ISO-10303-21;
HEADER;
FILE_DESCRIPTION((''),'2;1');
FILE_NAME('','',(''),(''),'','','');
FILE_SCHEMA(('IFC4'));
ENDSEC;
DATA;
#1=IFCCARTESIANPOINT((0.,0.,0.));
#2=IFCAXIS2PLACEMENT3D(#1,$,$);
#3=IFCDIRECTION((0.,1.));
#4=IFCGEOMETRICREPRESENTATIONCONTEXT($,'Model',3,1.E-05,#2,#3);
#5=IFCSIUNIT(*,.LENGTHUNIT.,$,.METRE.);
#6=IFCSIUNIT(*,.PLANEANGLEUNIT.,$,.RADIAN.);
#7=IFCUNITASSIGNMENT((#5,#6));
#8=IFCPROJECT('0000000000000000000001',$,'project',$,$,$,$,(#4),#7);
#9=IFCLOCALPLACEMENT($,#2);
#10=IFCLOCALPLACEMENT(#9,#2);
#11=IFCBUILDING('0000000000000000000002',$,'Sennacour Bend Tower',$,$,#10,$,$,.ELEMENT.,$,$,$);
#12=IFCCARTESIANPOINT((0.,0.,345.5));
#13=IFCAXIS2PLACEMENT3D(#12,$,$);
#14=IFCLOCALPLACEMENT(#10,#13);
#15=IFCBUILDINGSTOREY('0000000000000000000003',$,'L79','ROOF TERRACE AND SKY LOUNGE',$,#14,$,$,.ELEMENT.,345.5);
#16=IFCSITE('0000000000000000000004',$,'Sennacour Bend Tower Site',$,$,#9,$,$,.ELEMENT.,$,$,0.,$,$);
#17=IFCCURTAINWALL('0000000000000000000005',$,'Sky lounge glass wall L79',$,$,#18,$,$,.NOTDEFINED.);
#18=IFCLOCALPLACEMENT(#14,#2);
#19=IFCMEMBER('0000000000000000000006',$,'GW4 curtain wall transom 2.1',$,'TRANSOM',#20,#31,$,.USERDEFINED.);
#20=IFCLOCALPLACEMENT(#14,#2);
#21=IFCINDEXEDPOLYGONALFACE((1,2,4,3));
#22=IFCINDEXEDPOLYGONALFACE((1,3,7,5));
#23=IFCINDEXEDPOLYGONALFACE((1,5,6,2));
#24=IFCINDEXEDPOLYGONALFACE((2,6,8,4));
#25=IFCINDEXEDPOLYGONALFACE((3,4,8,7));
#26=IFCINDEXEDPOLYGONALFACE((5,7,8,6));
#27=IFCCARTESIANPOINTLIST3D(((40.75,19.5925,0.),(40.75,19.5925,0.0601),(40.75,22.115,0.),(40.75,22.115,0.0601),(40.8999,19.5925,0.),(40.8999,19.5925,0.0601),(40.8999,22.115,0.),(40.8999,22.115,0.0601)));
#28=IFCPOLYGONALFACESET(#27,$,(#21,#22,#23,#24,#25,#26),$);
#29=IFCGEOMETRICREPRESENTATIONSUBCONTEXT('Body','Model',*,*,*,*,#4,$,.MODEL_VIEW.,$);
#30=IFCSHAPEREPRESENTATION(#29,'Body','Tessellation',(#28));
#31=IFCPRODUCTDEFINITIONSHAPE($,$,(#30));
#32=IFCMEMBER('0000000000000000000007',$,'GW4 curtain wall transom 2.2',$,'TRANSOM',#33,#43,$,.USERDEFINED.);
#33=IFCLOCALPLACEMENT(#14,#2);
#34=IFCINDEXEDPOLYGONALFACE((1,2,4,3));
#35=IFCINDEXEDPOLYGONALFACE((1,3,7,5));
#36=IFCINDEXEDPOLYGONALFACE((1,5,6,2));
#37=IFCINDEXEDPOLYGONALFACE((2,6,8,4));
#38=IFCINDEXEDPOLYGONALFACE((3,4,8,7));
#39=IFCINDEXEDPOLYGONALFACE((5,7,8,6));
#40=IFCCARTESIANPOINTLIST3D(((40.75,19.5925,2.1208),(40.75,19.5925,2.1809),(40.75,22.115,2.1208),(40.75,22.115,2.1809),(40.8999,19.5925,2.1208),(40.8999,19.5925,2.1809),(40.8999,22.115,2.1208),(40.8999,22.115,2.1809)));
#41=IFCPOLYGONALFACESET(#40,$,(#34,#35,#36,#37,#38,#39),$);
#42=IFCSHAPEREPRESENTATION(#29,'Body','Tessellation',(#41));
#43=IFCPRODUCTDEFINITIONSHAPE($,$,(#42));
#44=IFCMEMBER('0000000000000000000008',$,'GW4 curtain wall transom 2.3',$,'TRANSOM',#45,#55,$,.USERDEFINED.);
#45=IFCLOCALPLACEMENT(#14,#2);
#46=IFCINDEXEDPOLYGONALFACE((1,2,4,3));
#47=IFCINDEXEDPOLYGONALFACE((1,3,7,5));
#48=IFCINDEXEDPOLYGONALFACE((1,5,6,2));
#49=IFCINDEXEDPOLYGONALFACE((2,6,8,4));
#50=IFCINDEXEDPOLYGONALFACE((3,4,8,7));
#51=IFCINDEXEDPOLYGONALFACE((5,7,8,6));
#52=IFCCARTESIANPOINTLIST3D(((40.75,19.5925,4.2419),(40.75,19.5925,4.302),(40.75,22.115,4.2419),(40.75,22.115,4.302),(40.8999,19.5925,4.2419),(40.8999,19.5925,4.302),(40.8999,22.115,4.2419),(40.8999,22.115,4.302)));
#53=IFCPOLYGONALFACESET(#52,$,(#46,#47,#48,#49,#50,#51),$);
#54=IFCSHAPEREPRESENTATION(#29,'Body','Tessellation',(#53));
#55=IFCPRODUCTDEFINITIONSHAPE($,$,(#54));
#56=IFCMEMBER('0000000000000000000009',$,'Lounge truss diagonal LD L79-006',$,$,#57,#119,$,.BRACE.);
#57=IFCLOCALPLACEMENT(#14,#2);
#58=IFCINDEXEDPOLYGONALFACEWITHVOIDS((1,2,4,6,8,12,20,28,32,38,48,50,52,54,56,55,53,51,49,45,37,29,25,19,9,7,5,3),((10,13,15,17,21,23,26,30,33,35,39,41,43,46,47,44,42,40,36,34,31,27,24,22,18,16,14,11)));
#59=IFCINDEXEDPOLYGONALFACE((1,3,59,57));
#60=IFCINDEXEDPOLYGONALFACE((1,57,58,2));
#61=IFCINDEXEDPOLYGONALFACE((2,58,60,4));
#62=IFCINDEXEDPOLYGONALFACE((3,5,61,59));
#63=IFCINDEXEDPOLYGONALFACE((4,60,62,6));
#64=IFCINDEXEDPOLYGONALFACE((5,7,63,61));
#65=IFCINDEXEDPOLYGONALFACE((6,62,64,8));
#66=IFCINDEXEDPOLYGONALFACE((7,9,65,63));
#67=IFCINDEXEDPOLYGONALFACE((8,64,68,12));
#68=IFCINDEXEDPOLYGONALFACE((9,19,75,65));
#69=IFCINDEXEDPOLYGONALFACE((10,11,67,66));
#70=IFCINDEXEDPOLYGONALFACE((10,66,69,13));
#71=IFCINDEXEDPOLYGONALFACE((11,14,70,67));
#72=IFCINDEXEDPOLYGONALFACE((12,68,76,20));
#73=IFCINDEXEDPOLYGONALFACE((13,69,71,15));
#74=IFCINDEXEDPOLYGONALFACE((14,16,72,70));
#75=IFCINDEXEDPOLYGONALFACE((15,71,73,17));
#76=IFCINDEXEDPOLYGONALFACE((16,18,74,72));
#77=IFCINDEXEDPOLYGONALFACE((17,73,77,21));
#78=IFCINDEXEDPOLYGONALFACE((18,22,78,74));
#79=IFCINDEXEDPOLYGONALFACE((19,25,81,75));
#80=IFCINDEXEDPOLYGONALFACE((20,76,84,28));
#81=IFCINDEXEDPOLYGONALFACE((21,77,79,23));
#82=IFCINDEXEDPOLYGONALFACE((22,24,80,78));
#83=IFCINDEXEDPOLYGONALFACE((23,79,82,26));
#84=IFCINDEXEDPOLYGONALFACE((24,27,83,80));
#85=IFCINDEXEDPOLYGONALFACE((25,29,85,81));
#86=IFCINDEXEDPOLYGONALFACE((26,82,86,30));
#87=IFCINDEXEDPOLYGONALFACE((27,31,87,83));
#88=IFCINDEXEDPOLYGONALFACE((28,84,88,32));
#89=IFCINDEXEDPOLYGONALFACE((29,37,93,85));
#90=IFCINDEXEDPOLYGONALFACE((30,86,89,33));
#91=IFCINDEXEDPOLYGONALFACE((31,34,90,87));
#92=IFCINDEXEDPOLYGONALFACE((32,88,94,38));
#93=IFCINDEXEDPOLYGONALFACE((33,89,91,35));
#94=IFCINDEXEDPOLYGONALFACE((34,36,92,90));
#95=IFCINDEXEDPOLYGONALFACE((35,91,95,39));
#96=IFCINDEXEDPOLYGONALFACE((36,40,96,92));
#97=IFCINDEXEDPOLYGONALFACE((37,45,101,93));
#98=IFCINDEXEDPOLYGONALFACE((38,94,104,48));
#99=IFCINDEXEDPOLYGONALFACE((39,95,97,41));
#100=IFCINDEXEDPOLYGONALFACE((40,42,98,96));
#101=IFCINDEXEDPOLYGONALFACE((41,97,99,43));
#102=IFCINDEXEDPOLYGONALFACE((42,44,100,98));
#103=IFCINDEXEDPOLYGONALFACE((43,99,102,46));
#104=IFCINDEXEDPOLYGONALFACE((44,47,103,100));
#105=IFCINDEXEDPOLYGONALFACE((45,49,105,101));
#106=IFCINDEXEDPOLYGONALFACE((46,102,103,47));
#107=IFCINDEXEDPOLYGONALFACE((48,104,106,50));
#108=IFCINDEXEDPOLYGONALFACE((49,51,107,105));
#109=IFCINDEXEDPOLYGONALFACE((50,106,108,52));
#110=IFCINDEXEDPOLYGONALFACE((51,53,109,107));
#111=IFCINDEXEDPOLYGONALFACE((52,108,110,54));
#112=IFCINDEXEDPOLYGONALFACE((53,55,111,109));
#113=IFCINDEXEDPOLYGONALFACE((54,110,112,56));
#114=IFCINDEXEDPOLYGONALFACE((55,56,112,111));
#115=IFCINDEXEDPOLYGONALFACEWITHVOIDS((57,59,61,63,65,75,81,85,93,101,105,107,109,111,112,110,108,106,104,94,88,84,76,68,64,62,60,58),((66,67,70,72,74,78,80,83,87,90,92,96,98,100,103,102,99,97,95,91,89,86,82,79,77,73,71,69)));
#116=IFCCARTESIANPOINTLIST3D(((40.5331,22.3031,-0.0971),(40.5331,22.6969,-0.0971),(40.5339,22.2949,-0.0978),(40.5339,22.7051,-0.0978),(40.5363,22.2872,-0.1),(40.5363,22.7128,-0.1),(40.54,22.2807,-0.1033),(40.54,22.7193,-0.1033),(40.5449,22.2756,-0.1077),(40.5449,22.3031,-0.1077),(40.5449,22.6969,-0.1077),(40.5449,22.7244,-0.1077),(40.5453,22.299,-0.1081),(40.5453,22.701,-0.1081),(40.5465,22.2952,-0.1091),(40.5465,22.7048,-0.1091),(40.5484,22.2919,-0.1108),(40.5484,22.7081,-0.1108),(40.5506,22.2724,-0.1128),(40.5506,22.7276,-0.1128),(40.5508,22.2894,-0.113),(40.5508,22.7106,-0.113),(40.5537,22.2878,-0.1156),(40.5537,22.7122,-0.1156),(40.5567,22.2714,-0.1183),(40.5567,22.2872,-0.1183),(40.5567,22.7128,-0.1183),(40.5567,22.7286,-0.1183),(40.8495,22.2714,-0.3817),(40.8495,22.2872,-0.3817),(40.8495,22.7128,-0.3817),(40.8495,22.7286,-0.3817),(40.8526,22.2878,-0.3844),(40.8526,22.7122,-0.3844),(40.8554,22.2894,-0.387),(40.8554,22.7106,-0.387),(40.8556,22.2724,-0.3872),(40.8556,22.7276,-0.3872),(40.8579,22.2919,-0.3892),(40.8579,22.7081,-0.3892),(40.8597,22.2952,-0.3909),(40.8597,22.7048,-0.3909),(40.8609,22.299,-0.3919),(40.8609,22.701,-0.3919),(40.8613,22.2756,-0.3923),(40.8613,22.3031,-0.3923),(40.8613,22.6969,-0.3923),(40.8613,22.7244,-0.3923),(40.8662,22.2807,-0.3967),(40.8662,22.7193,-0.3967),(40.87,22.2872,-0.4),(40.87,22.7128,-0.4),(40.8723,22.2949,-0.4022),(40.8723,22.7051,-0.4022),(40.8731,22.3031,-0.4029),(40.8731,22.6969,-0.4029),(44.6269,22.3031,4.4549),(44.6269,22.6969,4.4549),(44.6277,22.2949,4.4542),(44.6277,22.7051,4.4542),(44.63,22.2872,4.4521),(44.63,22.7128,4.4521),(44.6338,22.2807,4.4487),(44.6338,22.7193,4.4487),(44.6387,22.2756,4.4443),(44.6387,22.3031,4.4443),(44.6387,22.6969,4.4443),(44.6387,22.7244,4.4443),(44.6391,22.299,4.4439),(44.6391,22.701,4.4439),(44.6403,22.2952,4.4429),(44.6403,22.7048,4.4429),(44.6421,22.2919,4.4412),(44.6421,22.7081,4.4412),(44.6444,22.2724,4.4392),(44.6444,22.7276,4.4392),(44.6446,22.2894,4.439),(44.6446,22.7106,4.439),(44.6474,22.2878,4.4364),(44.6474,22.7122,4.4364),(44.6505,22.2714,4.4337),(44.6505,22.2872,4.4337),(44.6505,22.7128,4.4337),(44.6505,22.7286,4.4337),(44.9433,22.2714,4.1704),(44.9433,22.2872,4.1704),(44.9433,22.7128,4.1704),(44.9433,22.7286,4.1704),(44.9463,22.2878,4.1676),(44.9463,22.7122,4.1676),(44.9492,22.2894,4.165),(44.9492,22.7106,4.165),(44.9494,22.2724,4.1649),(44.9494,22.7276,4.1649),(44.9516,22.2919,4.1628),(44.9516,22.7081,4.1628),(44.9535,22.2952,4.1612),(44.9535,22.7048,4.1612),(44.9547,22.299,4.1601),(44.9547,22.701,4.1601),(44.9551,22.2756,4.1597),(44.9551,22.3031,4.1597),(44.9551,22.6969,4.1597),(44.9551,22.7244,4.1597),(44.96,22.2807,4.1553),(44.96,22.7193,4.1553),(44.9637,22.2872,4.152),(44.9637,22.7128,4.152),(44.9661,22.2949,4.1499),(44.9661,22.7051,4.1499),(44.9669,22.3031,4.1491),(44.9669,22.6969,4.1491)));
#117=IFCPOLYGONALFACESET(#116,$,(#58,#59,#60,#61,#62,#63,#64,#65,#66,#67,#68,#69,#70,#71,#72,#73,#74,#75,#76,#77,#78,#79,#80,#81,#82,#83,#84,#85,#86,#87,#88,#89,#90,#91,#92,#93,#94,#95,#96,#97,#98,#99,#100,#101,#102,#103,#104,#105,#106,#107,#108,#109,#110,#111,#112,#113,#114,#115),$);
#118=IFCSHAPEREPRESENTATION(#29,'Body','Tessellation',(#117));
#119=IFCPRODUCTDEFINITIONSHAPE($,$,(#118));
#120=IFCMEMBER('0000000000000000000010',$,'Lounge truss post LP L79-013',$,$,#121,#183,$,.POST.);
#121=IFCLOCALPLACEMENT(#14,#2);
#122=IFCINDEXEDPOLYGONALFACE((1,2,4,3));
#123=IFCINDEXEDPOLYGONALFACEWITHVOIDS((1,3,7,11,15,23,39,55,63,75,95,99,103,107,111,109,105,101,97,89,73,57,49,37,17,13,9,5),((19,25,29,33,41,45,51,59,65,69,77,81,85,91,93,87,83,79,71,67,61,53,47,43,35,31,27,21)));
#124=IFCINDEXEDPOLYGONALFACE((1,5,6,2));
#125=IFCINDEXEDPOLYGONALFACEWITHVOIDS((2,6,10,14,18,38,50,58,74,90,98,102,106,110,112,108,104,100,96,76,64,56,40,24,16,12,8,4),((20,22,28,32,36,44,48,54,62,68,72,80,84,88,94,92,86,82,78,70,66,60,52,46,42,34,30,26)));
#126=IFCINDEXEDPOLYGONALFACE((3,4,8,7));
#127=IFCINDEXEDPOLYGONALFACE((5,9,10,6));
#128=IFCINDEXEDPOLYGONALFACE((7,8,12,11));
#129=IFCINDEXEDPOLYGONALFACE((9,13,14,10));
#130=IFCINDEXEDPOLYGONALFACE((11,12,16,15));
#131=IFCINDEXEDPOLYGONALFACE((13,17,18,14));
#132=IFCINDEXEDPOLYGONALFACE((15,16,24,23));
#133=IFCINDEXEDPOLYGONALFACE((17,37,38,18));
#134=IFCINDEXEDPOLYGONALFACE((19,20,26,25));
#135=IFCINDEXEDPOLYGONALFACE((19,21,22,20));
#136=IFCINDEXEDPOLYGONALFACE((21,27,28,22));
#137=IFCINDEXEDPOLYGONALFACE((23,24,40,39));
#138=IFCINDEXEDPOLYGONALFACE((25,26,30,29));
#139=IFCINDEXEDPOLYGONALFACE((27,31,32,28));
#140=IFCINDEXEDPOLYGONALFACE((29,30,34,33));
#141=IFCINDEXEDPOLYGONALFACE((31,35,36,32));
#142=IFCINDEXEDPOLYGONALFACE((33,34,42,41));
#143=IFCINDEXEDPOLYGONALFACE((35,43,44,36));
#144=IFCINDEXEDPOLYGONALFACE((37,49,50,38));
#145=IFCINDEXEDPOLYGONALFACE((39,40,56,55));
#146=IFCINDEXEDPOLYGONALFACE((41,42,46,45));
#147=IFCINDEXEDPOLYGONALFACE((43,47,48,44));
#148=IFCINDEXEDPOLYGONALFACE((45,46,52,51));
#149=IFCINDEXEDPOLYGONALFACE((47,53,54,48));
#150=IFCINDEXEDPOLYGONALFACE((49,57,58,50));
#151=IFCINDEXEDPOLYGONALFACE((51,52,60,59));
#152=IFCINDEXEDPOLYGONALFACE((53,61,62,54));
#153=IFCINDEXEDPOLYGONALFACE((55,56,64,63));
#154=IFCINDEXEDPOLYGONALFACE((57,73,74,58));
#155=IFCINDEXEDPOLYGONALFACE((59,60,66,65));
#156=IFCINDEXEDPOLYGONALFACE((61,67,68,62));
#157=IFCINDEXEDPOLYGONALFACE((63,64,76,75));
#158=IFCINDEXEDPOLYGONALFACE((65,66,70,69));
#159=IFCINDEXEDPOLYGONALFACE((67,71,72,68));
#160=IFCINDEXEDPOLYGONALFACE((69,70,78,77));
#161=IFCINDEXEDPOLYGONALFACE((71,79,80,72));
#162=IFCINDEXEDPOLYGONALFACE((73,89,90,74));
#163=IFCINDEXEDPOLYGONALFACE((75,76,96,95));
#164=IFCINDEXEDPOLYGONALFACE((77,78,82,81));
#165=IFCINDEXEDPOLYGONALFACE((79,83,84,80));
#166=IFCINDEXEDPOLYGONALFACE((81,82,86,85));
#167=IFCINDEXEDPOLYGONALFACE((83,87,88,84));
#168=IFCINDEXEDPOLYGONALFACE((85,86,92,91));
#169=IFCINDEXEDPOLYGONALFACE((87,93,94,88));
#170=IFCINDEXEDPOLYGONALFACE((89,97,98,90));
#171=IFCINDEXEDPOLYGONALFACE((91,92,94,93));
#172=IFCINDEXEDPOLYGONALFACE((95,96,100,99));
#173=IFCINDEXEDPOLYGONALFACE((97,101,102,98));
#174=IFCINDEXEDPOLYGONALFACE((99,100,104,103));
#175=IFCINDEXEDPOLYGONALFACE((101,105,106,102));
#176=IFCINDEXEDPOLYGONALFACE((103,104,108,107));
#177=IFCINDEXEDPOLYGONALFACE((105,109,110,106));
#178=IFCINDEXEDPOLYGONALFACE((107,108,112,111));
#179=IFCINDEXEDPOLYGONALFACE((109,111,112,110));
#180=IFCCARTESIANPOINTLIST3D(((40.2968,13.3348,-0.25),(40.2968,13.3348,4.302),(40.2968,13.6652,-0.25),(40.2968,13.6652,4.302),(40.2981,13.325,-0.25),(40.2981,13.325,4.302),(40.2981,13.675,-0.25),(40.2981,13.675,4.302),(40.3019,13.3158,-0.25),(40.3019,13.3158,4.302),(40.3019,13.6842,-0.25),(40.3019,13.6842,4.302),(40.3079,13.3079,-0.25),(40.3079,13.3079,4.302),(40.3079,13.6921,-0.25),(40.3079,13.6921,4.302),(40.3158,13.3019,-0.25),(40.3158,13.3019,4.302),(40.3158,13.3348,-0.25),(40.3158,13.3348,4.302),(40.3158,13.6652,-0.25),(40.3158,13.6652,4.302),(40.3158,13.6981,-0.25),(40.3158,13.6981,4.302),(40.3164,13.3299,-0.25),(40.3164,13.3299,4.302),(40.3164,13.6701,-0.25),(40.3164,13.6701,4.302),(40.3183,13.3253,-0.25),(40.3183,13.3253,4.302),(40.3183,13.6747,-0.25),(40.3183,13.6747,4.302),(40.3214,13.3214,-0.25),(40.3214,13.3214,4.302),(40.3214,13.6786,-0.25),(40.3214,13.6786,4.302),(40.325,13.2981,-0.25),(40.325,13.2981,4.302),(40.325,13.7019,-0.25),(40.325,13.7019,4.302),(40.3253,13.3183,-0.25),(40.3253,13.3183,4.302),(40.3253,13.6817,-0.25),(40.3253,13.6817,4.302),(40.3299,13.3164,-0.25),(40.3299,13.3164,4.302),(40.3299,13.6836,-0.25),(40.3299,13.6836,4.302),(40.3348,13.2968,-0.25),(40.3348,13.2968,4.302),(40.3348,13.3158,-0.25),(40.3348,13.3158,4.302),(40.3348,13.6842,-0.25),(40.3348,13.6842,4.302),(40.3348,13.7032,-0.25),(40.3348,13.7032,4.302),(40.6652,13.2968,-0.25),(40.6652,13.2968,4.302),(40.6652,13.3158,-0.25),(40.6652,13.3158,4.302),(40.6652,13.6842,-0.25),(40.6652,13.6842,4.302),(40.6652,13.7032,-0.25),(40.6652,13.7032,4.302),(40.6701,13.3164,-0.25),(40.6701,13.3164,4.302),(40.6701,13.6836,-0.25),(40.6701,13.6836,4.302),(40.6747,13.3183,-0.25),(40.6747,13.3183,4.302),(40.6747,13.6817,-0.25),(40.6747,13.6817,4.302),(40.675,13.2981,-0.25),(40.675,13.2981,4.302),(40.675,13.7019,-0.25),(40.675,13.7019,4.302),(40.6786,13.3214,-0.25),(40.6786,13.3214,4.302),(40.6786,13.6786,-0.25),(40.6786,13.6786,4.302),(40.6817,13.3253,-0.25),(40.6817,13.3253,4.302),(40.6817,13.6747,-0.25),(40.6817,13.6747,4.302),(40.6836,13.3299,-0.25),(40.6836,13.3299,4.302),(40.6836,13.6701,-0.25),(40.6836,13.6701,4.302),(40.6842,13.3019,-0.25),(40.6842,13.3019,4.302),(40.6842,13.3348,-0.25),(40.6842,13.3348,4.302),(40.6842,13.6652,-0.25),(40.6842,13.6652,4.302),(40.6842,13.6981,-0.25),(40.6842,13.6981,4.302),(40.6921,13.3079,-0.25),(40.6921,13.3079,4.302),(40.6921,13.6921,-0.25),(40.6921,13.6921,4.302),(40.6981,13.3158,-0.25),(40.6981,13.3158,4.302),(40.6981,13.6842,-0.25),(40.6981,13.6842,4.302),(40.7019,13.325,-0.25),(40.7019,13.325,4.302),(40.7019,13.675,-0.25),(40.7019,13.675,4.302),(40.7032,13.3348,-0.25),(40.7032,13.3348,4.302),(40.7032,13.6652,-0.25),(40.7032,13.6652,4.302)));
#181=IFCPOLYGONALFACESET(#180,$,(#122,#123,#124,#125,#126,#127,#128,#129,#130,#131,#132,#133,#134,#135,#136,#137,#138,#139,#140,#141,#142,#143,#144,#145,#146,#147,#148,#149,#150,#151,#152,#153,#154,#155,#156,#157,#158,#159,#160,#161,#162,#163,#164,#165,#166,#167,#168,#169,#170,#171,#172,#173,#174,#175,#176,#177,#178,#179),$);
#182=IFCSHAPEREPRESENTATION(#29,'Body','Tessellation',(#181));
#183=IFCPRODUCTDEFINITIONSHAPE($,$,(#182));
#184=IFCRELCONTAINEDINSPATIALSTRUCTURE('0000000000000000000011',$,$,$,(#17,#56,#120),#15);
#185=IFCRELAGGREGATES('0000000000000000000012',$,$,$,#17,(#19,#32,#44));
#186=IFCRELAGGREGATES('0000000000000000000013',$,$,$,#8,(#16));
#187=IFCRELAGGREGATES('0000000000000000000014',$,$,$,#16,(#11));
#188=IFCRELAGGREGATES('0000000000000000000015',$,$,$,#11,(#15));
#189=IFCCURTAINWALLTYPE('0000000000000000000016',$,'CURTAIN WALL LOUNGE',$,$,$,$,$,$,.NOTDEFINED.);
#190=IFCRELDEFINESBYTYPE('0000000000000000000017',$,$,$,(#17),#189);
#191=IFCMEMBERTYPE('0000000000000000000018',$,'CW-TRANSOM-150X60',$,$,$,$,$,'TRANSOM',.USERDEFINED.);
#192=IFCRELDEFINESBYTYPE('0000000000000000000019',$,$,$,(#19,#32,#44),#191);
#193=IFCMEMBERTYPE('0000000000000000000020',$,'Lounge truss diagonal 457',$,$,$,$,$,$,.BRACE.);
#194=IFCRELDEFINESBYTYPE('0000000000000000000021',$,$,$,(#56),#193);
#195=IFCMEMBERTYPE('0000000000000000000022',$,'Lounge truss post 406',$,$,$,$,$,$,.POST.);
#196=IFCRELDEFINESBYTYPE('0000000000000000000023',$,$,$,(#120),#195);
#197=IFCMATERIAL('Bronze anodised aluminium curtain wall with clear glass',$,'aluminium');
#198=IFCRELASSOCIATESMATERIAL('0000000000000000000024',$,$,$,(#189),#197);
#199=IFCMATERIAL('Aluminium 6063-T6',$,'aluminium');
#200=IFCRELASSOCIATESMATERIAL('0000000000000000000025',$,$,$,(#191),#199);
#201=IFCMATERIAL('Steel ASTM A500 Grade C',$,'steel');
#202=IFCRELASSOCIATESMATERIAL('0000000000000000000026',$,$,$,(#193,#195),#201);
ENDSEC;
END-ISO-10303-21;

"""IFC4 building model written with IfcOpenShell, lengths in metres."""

from ifc_helpers import new_model, si_unit, direction, frame, origin, origin_2d, place, context, subcontext, project, spatial, rectangle, hollow_rectangle, extrude, material, material_profile, profile_set, type_object, element, aggregate, save


model = new_model("IFC4")

# Units and contexts
model_context = context("Model", 3, precision=1e-05, world=origin(), true_north=direction((0.0, 1.0)))
body_context = subcontext(model_context, "Body", "Model", "MODEL_VIEW")
ifc_project = project(units=[si_unit("LENGTHUNIT", "METRE"), si_unit("PLANEANGLEUNIT", "RADIAN")], contexts=[model_context])

# Site, building, storey
site_placement = place(None, origin())
site = spatial("IfcSite", under=ifc_project, at=site_placement, Name="Sennacour Bend Tower Site", CompositionType="ELEMENT", RefElevation=0.0)
building_placement = place(site_placement, origin())
building = spatial("IfcBuilding", under=site, at=building_placement, Name="Sennacour Bend Tower", CompositionType="ELEMENT")
storey_placement = place(building_placement, frame((0.0, 0.0, 345.5)))
storey = spatial("IfcBuildingStorey", under=building, at=storey_placement, Name="L79", Description="ROOF TERRACE AND SKY LOUNGE", CompositionType="ELEMENT", Elevation=345.5)

# Shared definitions
ifc_material_1 = material(Name="Bronze anodised aluminium curtain wall with clear glass", Category="aluminium")
curtain_wall_type = type_object("IfcCurtainWallType", Name="CURTAIN WALL LOUNGE", PredefinedType="NOTDEFINED", material=ifc_material_1)
ifc_material_2 = material(Name="Aluminium 6063-T6", Category="aluminium")

# Curtain wall
curtain_wall_1_placement = place(storey_placement, origin())
curtain_wall_1 = element("IfcCurtainWall", 1, at=curtain_wall_1_placement, inside=storey, type_object=curtain_wall_type, Name="Sky lounge glass wall L79", PredefinedType="NOTDEFINED")

# Members
ifc_material_profile_1 = material_profile(ifc_material_2, rectangle(XDim=0.1499, YDim=0.0601, at=origin_2d()), Name="Aluminium 6063-T6", Category="aluminium")
ifc_profile_set_1 = profile_set([ifc_material_profile_1], Name="Aluminium 6063-T6")
member_type_1 = type_object("IfcMemberType", Name="CW-TRANSOM-150X60", ElementType="TRANSOM", PredefinedType="USERDEFINED", material=ifc_profile_set_1)
member_1_placement = place(storey_placement, frame((40.825, 19.5925, 0.03), z_axis=(0.0, 1.0, 0.0), x_axis=(-1.0, 0.0, 0.0)))
member_1 = element("IfcMember", 2, at=member_1_placement, type_object=member_type_1, Name="GW4 curtain wall transom 2.1", ObjectType="TRANSOM", PredefinedType="USERDEFINED", context=body_context, shape_type="SweptSolid", body=[
    extrude(rectangle(XDim=0.1499, YDim=0.0601, at=origin_2d()), origin(), (0.0, 0.0, 1.0), 2.5225),
])
member_2_placement = place(storey_placement, frame((40.825, 19.5925, 2.1509), z_axis=(0.0, 1.0, 0.0), x_axis=(-1.0, 0.0, 0.0)))
member_2 = element("IfcMember", 3, at=member_2_placement, type_object=member_type_1, Name="GW4 curtain wall transom 2.2", ObjectType="TRANSOM", PredefinedType="USERDEFINED", context=body_context, shape_type="SweptSolid", body=[
    extrude(rectangle(XDim=0.1499, YDim=0.0601, at=origin_2d()), origin(), (0.0, 0.0, 1.0), 2.5225),
])
member_3_placement = place(storey_placement, frame((40.825, 19.5925, 4.272), z_axis=(0.0, 1.0, 0.0), x_axis=(-1.0, 0.0, 0.0)))
member_3 = element("IfcMember", 4, at=member_3_placement, type_object=member_type_1, Name="GW4 curtain wall transom 2.3", ObjectType="TRANSOM", PredefinedType="USERDEFINED", context=body_context, shape_type="SweptSolid", body=[
    extrude(rectangle(XDim=0.1499, YDim=0.0601, at=origin_2d()), origin(), (0.0, 0.0, 1.0), 2.5225),
])

# Members
ifc_material_3 = material(Name="Steel ASTM A500 Grade C", Category="steel")
ifc_material_profile_2 = material_profile(ifc_material_3, hollow_rectangle(XDim=0.4573, YDim=0.4573, WallThickness=0.0159, InnerFilletRadius=0.0159, OuterFilletRadius=0.0317, at=origin_2d()), Name="Steel ASTM A500 Grade C", Category="steel")
ifc_profile_set_2 = profile_set([ifc_material_profile_2], Name="Steel ASTM A500 Grade C")
member_type_2 = type_object("IfcMemberType", Name="Lounge truss diagonal 457", PredefinedType="BRACE", material=ifc_profile_set_2)
member_4_placement = place(storey_placement, frame((40.7031, 22.5, -0.25), z_axis=(0.668689, 0.0, 0.743542), x_axis=(0.0, 1.0, 0.0)))
element("IfcMember", 5, at=member_4_placement, inside=storey, type_object=member_type_2, Name="Lounge truss diagonal LD L79-006", PredefinedType="BRACE", context=body_context, shape_type="SweptSolid", body=[
    extrude(hollow_rectangle(XDim=0.4573, YDim=0.4573, WallThickness=0.0159, InnerFilletRadius=0.0159, OuterFilletRadius=0.0317, at=origin_2d()), origin(), (0.0, 0.0, 1.0), 6.1221),
])
ifc_material_profile_3 = material_profile(ifc_material_3, hollow_rectangle(XDim=0.4065, YDim=0.4065, WallThickness=0.019, InnerFilletRadius=0.019, OuterFilletRadius=0.0381, at=origin_2d()), Name="Steel ASTM A500 Grade C", Category="steel")
ifc_profile_set_3 = profile_set([ifc_material_profile_3], Name="Steel ASTM A500 Grade C")
member_type_3 = type_object("IfcMemberType", Name="Lounge truss post 406", PredefinedType="POST", material=ifc_profile_set_3)
for number, where, z_axis, x_axis, name in (
    (6, (40.5, 13.5, -0.25), (0.0, 0.0, 1.0), (1.0, 0.0, 0.0), "Lounge truss post LP L79-013"),
):
    element("IfcMember", number, at=place(storey_placement, frame(where, z_axis=z_axis, x_axis=x_axis)), inside=storey, type_object=member_type_3, Name=name, PredefinedType="POST", context=body_context, shape_type="SweptSolid", body=[
        extrude(hollow_rectangle(XDim=0.4065, YDim=0.4065, WallThickness=0.019, InnerFilletRadius=0.019, OuterFilletRadius=0.0381, at=origin_2d()), origin(), (0.0, 0.0, 1.0), 4.552),
    ])

aggregate(curtain_wall_1, [member_1, member_2, member_3])

save(model, "model.ifc")
